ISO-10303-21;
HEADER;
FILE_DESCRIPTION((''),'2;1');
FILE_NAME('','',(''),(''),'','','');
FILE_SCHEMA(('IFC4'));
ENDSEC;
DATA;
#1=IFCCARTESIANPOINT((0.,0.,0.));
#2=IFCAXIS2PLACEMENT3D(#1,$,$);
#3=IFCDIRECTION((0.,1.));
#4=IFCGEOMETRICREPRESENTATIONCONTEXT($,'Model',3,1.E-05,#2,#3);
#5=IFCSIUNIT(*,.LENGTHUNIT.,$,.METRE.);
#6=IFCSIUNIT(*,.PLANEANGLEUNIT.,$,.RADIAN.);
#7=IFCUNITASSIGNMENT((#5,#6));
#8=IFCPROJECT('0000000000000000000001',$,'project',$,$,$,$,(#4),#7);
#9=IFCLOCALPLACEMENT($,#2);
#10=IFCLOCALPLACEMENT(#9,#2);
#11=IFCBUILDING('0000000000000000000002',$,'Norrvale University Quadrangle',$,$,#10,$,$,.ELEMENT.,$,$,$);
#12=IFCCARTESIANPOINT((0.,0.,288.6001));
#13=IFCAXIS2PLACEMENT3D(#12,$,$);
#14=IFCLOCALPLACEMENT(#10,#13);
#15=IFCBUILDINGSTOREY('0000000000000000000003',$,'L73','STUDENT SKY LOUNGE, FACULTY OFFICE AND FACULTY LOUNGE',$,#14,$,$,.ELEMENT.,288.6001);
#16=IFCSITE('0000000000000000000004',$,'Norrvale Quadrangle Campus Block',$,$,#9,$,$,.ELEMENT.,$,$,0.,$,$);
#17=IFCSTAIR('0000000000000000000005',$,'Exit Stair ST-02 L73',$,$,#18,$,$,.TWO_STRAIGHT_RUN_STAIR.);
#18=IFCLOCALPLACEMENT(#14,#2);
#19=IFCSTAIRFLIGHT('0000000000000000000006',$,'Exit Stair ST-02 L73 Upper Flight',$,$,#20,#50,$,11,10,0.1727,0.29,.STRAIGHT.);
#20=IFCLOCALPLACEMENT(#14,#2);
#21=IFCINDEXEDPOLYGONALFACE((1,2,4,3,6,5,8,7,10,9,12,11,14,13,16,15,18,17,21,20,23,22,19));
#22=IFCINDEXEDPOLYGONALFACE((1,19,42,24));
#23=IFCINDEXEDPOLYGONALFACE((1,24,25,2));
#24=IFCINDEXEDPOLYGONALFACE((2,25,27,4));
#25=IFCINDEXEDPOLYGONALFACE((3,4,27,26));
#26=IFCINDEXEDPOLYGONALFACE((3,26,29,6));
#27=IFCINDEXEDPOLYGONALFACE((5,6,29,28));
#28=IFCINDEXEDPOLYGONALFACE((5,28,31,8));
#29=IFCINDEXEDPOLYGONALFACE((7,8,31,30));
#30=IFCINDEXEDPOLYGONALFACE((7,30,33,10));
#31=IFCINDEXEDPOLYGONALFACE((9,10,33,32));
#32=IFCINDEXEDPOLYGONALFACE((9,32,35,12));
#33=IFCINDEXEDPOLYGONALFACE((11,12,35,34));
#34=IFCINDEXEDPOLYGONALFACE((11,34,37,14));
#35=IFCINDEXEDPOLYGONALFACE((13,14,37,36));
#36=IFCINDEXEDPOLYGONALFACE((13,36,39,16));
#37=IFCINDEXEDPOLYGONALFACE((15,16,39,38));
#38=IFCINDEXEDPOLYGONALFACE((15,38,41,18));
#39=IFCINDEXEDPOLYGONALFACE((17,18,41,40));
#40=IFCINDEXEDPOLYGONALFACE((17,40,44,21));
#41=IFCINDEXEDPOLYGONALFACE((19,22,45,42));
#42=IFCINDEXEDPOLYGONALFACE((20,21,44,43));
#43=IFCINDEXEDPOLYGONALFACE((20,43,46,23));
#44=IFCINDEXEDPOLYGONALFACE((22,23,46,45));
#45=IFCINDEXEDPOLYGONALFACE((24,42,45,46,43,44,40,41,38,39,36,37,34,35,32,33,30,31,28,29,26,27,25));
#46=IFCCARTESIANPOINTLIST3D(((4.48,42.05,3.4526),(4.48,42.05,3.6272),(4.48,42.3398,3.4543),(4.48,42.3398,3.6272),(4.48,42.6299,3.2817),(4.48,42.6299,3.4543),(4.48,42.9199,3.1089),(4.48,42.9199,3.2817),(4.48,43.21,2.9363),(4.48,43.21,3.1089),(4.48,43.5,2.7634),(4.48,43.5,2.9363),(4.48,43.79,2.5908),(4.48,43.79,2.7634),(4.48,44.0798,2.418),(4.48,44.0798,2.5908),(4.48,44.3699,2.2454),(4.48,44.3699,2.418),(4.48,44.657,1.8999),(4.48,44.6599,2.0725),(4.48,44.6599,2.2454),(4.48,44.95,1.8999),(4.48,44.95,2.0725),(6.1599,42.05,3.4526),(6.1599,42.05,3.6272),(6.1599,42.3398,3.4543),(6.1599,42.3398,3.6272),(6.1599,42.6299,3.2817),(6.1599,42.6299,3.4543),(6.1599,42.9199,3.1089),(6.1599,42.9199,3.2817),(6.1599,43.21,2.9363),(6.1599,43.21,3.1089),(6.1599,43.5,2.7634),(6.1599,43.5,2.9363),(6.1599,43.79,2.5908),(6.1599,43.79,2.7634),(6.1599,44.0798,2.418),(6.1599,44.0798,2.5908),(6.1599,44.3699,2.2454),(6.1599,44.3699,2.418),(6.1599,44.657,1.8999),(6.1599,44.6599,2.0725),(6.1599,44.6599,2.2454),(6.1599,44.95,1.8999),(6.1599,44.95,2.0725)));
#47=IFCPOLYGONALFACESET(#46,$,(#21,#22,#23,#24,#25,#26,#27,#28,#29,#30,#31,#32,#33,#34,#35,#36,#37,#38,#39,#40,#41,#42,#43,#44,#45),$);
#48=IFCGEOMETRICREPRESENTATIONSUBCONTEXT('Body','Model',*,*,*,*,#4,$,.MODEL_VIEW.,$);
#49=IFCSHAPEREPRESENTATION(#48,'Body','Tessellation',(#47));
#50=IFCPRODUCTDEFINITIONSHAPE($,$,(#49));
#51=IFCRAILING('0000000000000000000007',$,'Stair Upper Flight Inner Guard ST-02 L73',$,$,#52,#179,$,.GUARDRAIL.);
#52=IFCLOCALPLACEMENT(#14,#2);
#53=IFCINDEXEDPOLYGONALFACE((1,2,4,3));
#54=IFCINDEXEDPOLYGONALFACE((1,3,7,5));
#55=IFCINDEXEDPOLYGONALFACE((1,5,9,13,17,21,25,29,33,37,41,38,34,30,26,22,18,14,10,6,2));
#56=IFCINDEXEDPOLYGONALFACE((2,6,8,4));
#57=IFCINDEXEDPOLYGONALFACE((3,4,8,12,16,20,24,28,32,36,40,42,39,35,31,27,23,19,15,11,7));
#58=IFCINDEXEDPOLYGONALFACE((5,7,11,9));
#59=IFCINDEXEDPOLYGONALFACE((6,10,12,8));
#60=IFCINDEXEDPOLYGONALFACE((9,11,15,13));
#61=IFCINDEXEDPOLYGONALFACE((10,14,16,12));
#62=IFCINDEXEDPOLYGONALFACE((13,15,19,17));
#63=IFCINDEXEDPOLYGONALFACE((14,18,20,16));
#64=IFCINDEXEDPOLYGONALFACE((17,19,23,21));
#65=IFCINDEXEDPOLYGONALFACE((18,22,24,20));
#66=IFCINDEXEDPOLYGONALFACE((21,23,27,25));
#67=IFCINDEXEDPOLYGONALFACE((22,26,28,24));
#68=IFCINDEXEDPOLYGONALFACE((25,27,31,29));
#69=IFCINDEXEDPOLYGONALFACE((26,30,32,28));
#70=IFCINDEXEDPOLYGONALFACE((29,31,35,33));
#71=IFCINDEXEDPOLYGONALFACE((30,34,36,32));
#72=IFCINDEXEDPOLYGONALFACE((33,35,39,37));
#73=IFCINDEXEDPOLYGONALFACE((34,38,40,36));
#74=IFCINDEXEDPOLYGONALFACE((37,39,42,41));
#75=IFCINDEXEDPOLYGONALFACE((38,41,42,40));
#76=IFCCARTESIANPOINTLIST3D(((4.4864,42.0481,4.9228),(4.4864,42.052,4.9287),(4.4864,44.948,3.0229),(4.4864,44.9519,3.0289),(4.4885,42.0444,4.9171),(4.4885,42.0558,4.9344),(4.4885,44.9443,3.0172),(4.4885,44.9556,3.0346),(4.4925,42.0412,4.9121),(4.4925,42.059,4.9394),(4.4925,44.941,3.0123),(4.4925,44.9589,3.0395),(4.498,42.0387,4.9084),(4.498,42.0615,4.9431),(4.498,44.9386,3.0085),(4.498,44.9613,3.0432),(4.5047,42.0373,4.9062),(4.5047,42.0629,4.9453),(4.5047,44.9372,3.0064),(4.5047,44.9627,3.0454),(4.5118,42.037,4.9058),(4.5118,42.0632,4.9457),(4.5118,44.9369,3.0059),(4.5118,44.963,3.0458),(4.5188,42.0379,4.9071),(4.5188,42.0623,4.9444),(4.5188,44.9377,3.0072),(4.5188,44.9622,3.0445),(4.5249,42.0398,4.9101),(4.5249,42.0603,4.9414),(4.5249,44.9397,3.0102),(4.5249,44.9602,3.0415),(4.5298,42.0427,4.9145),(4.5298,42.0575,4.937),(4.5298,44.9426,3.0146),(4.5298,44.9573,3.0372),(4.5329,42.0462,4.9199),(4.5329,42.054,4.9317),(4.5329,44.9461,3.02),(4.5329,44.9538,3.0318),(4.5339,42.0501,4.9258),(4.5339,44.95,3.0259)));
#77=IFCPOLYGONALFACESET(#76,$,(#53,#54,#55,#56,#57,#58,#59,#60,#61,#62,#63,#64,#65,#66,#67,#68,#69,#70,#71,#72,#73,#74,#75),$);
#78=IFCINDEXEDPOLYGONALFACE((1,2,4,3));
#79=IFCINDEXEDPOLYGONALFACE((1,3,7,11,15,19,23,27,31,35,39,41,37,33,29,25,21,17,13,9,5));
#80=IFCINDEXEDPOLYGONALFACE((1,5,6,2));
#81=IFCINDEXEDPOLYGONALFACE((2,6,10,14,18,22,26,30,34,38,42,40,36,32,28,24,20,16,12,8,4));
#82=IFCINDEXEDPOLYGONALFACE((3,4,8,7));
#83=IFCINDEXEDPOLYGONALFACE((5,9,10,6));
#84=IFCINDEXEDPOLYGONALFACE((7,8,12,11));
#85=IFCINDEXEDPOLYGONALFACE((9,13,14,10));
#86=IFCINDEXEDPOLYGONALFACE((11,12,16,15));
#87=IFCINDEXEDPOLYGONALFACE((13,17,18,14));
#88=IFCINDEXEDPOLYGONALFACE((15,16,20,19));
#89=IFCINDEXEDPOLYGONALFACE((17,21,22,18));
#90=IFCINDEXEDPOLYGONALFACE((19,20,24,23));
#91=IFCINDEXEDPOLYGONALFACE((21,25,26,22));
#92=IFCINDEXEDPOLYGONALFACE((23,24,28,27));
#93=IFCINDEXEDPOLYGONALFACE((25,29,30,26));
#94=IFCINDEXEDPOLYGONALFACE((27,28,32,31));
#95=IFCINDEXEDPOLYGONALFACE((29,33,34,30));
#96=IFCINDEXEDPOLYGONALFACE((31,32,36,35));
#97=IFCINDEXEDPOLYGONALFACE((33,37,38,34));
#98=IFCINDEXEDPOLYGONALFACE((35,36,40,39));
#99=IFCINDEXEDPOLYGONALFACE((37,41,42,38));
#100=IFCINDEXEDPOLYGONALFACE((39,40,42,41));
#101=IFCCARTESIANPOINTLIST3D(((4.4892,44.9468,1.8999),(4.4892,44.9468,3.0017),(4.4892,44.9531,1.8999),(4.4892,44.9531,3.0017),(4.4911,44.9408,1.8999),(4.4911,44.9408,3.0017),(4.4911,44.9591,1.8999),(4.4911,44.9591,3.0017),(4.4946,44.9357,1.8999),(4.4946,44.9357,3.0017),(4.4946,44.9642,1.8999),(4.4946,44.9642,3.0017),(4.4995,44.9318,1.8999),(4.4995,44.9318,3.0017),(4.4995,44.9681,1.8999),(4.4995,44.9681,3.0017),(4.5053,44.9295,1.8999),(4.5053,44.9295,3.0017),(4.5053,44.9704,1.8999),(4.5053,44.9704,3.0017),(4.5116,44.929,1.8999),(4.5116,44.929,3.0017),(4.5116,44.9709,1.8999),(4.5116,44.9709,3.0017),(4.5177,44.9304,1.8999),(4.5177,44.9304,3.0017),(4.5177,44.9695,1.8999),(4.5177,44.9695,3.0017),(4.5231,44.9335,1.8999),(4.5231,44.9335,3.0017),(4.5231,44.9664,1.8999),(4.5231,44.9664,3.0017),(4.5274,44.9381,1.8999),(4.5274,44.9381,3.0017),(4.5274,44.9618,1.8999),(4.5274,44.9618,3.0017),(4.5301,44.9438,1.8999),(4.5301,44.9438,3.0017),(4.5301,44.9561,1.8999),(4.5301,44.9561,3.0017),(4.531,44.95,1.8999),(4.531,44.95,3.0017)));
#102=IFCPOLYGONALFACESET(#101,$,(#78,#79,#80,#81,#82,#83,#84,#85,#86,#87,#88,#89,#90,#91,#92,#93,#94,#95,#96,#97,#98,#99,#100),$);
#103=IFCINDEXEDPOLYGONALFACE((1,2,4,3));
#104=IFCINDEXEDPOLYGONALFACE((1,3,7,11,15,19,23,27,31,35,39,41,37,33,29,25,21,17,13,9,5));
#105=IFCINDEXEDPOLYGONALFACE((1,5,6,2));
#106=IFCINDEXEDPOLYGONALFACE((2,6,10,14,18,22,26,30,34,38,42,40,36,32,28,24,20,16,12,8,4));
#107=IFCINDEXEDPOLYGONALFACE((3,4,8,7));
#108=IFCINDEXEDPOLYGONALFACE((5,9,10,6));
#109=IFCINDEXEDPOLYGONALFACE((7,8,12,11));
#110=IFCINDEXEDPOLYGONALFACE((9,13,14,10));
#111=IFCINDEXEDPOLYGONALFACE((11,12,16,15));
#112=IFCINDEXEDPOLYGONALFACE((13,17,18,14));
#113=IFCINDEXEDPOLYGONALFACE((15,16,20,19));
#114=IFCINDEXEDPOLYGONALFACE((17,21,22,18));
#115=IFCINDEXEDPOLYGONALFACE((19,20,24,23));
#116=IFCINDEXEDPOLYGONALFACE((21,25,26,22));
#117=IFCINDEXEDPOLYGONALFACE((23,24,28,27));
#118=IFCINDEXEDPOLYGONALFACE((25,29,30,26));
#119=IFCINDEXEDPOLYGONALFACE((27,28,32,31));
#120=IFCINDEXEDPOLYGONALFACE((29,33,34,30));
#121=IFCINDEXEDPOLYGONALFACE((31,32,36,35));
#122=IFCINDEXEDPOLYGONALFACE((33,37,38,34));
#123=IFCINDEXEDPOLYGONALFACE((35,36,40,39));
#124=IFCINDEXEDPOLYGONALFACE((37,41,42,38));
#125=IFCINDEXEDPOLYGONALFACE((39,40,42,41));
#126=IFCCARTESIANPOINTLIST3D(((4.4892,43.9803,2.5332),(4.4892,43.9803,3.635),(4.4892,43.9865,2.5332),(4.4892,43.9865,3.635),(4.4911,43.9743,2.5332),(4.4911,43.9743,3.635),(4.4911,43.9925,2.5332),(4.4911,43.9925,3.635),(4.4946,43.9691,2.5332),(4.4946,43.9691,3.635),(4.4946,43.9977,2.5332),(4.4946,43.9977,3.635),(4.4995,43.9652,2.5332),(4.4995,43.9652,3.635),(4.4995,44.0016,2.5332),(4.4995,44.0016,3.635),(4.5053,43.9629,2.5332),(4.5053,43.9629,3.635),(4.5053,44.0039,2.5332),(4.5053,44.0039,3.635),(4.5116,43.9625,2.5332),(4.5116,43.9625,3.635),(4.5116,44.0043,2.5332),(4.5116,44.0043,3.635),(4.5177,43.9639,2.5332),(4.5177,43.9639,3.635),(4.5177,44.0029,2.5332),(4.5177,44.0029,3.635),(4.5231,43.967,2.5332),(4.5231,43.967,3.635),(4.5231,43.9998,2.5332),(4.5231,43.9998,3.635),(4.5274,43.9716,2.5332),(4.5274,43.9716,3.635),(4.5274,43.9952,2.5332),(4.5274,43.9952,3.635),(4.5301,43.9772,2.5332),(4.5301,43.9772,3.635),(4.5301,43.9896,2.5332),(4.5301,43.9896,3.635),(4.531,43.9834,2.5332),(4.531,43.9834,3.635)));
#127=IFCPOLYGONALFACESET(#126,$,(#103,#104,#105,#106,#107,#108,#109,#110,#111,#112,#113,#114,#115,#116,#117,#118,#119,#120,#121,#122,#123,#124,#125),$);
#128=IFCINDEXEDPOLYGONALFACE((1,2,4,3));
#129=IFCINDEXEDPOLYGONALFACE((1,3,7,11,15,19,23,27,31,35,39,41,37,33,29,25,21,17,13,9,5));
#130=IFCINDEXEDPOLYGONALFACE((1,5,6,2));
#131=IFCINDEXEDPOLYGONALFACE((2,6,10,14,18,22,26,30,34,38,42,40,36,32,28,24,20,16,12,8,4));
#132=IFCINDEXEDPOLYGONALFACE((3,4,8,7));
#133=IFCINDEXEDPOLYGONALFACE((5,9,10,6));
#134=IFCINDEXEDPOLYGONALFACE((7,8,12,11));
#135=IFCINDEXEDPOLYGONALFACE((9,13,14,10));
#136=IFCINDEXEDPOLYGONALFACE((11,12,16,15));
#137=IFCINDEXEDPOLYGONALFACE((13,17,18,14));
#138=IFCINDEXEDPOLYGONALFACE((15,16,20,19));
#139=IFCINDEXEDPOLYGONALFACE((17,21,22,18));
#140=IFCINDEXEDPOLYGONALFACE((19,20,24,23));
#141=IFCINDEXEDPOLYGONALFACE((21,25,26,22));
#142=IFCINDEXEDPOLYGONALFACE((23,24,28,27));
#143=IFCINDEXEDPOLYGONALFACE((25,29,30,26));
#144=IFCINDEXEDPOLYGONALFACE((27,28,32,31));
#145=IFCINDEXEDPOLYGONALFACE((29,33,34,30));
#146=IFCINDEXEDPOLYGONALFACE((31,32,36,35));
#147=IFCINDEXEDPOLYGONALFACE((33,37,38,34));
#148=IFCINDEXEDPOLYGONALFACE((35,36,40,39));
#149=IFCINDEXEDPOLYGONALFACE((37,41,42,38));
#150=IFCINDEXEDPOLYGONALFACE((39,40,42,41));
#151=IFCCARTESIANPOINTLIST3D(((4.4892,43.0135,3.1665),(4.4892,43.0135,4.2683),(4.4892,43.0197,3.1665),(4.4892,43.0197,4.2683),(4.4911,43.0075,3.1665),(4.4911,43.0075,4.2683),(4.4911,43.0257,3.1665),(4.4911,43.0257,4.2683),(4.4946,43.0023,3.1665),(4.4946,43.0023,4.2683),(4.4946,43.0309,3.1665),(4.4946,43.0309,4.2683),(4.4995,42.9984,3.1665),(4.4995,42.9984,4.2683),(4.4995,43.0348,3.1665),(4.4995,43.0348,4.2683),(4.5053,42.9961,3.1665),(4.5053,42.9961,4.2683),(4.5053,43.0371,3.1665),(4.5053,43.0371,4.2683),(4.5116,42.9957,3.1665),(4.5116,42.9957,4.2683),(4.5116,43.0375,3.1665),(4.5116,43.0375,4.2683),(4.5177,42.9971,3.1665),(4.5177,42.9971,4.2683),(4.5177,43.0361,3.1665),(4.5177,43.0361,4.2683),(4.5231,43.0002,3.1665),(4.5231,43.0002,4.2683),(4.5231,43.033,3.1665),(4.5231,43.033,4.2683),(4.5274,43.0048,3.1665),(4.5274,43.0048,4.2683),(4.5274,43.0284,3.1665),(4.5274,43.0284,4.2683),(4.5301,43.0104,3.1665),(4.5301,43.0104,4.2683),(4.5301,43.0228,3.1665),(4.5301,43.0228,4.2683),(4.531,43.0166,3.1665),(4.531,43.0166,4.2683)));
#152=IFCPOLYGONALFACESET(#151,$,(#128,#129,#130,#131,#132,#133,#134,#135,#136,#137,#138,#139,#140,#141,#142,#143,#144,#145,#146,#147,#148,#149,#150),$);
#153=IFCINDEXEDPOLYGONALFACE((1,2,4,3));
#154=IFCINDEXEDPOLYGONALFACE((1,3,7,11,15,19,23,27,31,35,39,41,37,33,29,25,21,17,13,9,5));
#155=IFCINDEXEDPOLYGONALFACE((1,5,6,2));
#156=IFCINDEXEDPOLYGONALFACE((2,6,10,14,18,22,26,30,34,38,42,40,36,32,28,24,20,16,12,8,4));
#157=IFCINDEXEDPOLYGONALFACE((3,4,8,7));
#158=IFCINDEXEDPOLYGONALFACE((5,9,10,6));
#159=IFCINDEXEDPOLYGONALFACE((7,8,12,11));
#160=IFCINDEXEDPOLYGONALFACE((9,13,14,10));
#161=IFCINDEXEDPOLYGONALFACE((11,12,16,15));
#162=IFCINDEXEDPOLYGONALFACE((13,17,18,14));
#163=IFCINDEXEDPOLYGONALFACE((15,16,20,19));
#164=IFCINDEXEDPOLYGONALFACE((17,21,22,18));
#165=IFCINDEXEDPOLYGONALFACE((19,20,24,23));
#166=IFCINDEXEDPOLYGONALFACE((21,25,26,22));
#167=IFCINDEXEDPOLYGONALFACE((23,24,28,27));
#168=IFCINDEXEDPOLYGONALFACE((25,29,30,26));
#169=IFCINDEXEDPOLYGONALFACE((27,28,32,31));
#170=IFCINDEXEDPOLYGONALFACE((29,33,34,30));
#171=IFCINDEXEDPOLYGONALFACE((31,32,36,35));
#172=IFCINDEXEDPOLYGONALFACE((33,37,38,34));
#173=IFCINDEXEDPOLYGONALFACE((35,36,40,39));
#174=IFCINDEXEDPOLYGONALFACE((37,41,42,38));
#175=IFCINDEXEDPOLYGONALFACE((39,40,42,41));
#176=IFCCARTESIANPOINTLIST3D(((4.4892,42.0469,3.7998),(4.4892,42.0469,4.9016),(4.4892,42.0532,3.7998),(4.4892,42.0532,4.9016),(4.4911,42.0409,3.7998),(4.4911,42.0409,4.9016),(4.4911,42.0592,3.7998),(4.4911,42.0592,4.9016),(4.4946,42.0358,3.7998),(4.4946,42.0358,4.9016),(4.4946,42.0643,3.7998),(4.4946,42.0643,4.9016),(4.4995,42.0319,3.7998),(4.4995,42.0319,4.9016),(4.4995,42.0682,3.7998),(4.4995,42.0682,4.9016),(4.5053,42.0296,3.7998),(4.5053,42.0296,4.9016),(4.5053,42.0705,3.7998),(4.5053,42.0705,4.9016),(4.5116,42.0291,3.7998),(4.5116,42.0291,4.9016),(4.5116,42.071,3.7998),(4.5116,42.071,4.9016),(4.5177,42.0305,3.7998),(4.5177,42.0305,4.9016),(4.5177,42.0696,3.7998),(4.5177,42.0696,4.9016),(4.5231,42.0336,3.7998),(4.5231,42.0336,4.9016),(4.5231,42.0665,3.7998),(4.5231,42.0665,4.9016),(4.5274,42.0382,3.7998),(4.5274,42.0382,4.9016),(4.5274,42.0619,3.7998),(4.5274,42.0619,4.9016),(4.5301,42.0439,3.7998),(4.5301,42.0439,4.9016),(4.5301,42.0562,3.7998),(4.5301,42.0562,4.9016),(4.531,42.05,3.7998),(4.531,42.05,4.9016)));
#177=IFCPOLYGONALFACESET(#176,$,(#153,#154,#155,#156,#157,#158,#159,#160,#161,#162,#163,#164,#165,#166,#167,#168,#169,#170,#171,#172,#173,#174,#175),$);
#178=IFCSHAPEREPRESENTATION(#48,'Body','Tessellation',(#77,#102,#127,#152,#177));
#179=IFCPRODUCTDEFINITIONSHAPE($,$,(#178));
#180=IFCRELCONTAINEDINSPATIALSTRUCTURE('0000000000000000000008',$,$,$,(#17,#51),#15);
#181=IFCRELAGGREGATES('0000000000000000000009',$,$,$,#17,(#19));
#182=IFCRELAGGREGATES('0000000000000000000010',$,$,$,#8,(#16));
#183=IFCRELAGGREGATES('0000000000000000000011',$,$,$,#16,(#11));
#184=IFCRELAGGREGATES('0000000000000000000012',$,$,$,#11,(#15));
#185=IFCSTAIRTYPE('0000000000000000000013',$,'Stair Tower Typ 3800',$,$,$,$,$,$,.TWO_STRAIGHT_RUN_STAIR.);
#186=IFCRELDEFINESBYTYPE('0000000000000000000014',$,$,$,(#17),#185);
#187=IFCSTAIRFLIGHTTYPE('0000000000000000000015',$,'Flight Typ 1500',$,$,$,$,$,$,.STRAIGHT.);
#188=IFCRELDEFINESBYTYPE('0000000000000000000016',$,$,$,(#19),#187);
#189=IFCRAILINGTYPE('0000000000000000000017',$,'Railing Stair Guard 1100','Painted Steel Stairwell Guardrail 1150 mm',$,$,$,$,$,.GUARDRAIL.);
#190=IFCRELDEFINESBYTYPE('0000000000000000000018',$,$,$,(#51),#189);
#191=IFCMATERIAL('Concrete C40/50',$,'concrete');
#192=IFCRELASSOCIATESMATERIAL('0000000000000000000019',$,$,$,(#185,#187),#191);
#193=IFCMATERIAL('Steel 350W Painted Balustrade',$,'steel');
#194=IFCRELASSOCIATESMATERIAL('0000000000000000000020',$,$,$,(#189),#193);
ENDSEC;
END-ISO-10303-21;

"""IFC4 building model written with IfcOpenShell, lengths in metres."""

from ifc_helpers import new_model, si_unit, direction, frame, origin, origin_2d, place, context, subcontext, project, spatial, polyline, circle, outline, extrude, material, type_object, element, aggregate, save


model = new_model("IFC4")

# Units and contexts
model_context = context("Model", 3, precision=1e-05, world=origin(), true_north=direction((0.0, 1.0)))
body_context = subcontext(model_context, "Body", "Model", "MODEL_VIEW")
ifc_project = project(units=[si_unit("LENGTHUNIT", "METRE"), si_unit("PLANEANGLEUNIT", "RADIAN")], contexts=[model_context])

# Site, building, storey
site_placement = place(None, origin())
site = spatial("IfcSite", under=ifc_project, at=site_placement, Name="Norrvale Quadrangle Campus Block", CompositionType="ELEMENT", RefElevation=0.0)
building_placement = place(site_placement, origin())
building = spatial("IfcBuilding", under=site, at=building_placement, Name="Norrvale University Quadrangle", CompositionType="ELEMENT")
storey_placement = place(building_placement, frame((0.0, 0.0, 288.6001)))
storey = spatial("IfcBuildingStorey", under=building, at=storey_placement, Name="L73", Description="STUDENT SKY LOUNGE, FACULTY OFFICE AND FACULTY LOUNGE", CompositionType="ELEMENT", Elevation=288.6001)

# Stair, stair flight
ifc_material_1 = material(Name="Concrete C40/50", Category="concrete")
stair_type = type_object("IfcStairType", Name="Stair Tower Typ 3800", PredefinedType="TWO_STRAIGHT_RUN_STAIR", material=ifc_material_1)
stair_placement = place(storey_placement, origin())
stair = element("IfcStair", 1, at=stair_placement, inside=storey, type_object=stair_type, Name="Exit Stair ST-02 L73", PredefinedType="TWO_STRAIGHT_RUN_STAIR")
stair_flight_type = type_object("IfcStairFlightType", Name="Flight Typ 1500", PredefinedType="STRAIGHT", material=ifc_material_1)
stair_flight_placement = place(storey_placement, frame((5.3201, 44.95, 1.8999), z_axis=(0.0, 0.0, 1.0), x_axis=(0.0, -1.0, 0.0)))
stair_flight = element("IfcStairFlight", 2, at=stair_flight_placement, type_object=stair_flight_type, Name="Exit Stair ST-02 L73 Upper Flight", NumberOfRisers=11, NumberOfTreads=10, PredefinedType="STRAIGHT", RiserHeight=0.1727, TreadLength=0.29, context=body_context, shape_type="SweptSolid", body=[
    extrude(outline(polyline([(0.0, 0.0), (0.0, 0.1726), (0.29, 0.1726), (0.29, 0.3455), (0.5801, 0.3455), (0.5801, 0.5181), (0.8701, 0.5181), (0.8701, 0.6909), (1.1599, 0.6909), (1.1599, 0.8635), (1.45, 0.8635), (1.45, 1.0364), (1.74, 1.0364), (1.74, 1.209), (2.03, 1.209), (2.03, 1.3818), (2.3201, 1.3818), (2.3201, 1.5544), (2.6101, 1.5544), (2.6101, 1.7273), (2.8999, 1.7273), (2.8999, 1.8999), (2.8999, 1.5527), (0.293, 0.0), (0.0, 0.0)])), frame((0.0, 0.8398, 0.0), z_axis=(0.0, -1.0, 0.0), x_axis=(1.0, 0.0, 0.0)), (0.0, 0.0, 1.0), 1.6799),
])
aggregate(stair, [stair_flight])

# Railing
ifc_material_2 = material(Name="Steel 350W Painted Balustrade", Category="steel")
railing_type_1 = type_object("IfcRailingType", Name="Railing Stair Guard 1100", Description="Painted Steel Stairwell Guardrail 1150 mm", PredefinedType="GUARDRAIL", material=ifc_material_2)
railing_1_placement = place(storey_placement, frame((4.51, 44.95, 1.8999)))
element("IfcRailing", 3, at=railing_1_placement, inside=storey, type_object=railing_type_1, Name="Stair Upper Flight Inner Guard ST-02 L73", PredefinedType="GUARDRAIL", context=body_context, shape_type="SweptSolid", body=[
    extrude(circle(Radius=0.0239, at=origin_2d()), frame((0.0, 0.0, 1.126), z_axis=(0.0, -0.836466, 0.548019), x_axis=(1.0, 0.0, 0.0)), (0.0, 0.0, 1.0), 3.4668),
    extrude(circle(Radius=0.021, at=origin_2d()), origin(), (0.0, 0.0, 1.0), 1.1018),
    extrude(circle(Radius=0.021, at=origin_2d()), frame((0.0, -0.9666, 0.6333)), (0.0, 0.0, 1.0), 1.1018),
    extrude(circle(Radius=0.021, at=origin_2d()), frame((0.0, -1.9333, 1.2666)), (0.0, 0.0, 1.0), 1.1018),
    extrude(circle(Radius=0.021, at=origin_2d()), frame((0.0, -2.8999, 1.8999)), (0.0, 0.0, 1.0), 1.1018),
])

save(model, "model.ifc")
